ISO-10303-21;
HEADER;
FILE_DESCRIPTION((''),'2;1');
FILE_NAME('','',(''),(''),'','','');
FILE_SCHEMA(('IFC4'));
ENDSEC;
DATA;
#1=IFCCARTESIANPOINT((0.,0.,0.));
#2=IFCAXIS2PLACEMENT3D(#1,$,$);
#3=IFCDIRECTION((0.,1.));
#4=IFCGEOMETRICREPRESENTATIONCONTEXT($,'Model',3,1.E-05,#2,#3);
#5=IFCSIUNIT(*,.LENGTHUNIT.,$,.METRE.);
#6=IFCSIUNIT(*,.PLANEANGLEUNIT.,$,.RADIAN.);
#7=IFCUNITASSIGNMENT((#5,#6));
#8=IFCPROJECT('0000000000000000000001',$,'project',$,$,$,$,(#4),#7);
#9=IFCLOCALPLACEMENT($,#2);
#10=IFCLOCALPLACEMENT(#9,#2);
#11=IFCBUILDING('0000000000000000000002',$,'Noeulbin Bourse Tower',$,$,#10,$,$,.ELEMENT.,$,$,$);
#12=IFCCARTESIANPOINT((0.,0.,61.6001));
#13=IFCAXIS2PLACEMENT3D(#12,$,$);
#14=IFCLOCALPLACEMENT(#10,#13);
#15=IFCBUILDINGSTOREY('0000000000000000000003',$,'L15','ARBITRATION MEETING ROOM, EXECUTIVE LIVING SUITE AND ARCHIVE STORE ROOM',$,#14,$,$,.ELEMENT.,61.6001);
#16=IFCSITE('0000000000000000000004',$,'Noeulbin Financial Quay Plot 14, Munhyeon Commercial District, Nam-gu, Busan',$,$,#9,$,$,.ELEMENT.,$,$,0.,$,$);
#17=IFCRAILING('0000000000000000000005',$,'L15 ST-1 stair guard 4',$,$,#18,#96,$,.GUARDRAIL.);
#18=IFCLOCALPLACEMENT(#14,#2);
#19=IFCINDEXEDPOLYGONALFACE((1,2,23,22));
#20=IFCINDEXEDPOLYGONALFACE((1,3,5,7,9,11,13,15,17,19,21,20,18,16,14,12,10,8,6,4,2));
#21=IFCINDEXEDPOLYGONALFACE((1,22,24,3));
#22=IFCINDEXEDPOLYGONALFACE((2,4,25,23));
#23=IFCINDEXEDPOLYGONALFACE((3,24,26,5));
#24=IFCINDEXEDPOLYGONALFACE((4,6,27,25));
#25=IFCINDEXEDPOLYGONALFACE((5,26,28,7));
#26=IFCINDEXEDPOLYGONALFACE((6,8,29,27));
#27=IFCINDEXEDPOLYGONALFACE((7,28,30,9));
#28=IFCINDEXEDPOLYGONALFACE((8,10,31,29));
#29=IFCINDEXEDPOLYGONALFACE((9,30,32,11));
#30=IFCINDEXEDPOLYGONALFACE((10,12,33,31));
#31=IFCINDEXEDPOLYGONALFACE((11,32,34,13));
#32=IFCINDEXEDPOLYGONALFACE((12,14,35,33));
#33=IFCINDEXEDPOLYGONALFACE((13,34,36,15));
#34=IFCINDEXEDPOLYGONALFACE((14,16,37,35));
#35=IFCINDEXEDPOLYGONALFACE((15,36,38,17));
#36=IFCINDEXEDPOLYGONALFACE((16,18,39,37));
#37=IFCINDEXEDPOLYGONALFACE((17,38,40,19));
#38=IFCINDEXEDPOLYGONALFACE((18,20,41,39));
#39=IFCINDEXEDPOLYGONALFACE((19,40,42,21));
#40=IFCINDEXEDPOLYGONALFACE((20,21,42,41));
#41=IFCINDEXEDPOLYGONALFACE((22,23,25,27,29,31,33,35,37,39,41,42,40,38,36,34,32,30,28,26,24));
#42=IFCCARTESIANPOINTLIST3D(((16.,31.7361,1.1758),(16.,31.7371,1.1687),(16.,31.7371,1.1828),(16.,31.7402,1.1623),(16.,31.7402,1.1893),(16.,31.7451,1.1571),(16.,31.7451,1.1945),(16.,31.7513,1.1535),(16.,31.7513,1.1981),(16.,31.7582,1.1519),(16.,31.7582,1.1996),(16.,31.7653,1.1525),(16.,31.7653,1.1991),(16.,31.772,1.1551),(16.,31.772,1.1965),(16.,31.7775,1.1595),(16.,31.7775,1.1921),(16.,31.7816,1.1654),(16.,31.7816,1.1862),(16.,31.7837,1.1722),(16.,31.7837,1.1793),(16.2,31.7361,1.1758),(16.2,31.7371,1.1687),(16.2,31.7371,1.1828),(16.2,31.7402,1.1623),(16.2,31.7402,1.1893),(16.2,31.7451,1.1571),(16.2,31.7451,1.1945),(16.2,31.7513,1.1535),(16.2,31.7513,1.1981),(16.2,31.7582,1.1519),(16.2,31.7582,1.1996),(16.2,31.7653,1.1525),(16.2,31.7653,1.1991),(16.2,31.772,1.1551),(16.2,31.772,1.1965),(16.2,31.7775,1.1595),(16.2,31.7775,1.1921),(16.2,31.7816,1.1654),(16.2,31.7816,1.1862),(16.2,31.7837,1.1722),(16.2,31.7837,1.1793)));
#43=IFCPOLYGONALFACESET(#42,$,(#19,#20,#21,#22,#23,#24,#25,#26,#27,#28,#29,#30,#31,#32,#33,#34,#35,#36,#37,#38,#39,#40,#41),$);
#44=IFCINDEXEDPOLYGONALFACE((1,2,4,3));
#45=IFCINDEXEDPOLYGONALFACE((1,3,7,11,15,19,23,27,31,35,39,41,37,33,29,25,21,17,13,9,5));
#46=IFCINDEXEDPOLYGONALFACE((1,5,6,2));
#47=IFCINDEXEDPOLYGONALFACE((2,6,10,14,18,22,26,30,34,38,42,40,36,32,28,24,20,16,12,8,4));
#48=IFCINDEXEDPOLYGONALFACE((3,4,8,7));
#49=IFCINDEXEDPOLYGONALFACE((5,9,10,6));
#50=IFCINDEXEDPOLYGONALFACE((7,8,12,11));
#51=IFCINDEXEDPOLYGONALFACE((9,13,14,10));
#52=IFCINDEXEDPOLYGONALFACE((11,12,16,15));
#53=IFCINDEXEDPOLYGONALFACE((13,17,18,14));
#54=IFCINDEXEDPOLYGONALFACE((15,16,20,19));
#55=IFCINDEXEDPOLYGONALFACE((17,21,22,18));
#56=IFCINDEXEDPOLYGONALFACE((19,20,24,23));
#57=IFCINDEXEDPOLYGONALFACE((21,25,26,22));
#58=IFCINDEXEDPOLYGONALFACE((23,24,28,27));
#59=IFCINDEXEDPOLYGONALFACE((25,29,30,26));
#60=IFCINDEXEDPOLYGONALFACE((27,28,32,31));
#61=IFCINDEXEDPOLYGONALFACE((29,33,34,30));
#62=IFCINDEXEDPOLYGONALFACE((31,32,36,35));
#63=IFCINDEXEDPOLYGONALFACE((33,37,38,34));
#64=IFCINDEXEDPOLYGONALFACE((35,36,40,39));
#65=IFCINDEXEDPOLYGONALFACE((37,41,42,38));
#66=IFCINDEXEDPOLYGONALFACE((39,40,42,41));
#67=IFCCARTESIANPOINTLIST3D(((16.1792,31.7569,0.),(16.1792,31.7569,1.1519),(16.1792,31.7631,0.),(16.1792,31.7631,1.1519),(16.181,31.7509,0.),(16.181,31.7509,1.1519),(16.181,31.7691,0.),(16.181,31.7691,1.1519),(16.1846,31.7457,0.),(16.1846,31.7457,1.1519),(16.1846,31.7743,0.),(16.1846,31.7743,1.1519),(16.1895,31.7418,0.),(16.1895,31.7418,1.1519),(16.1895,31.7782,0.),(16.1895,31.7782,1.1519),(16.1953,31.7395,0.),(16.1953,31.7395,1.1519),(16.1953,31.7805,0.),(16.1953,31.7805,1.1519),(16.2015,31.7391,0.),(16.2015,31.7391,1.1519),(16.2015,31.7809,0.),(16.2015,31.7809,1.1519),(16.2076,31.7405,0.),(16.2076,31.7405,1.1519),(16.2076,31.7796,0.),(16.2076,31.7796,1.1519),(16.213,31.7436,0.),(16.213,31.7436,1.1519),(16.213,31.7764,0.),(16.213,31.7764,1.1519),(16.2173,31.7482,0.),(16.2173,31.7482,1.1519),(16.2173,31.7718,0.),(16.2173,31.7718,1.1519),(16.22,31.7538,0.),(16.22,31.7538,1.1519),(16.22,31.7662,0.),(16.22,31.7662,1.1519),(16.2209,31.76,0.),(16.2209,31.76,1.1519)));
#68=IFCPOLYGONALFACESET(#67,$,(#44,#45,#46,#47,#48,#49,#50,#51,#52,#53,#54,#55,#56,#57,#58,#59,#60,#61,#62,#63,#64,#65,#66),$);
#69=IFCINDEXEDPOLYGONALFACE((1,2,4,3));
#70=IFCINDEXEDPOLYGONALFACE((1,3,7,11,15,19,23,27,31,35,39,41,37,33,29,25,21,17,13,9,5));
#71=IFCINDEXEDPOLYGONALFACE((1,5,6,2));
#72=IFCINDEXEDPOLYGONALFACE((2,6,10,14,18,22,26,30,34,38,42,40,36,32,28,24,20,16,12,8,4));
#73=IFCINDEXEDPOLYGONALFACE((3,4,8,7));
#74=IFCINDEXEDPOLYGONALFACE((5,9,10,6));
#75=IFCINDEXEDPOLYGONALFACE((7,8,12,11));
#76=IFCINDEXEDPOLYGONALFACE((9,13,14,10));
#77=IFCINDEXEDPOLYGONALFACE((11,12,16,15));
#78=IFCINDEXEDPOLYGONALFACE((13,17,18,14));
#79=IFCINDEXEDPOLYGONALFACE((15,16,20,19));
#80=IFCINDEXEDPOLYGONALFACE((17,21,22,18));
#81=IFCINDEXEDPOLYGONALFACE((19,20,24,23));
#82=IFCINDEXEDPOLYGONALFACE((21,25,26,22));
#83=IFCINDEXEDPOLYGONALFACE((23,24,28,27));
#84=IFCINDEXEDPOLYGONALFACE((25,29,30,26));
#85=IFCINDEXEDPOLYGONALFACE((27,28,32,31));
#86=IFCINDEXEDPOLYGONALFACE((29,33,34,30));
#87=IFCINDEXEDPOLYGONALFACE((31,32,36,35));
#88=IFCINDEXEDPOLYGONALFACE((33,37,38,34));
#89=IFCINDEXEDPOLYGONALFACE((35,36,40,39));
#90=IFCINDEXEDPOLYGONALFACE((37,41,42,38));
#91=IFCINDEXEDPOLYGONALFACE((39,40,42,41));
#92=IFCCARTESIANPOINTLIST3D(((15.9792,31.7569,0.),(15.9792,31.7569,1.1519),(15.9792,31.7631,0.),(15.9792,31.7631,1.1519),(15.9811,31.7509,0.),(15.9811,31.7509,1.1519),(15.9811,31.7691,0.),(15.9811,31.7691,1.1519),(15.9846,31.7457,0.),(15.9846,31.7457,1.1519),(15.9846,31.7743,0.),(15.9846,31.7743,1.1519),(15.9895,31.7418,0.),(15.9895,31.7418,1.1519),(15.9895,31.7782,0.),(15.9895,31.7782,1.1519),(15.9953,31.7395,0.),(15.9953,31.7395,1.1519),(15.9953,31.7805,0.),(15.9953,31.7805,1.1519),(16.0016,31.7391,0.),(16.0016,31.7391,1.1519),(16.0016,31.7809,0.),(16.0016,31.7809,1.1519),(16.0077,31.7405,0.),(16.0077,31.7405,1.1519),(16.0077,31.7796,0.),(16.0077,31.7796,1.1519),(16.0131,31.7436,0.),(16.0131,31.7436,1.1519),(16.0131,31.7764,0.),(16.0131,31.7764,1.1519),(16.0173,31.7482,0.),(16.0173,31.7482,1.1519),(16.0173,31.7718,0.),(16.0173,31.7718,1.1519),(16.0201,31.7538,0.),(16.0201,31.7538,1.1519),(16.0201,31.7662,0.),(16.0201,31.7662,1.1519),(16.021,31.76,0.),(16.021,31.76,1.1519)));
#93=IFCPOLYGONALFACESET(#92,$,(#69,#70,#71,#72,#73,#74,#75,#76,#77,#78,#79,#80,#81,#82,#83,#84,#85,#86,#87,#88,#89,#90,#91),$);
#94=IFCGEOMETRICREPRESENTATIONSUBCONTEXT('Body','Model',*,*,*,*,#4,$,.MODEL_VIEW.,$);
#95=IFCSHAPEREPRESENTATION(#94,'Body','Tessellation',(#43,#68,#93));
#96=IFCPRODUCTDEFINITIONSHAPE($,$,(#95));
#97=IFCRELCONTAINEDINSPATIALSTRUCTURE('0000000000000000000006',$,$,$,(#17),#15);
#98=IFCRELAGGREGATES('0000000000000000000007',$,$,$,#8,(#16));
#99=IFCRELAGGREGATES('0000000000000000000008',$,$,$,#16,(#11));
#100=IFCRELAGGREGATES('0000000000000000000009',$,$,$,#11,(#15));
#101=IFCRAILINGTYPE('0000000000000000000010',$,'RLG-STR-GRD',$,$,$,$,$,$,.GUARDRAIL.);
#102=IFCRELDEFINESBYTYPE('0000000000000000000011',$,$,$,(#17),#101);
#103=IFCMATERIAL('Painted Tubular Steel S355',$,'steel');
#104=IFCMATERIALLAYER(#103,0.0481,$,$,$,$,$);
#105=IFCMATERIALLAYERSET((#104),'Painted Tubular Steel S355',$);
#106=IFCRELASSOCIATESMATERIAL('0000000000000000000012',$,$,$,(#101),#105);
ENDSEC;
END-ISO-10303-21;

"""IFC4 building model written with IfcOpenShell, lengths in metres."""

from ifc_helpers import new_model, si_unit, direction, frame, origin, origin_2d, place, context, subcontext, project, spatial, circle, extrude, material, layer, layer_set, type_object, element, save


model = new_model("IFC4")

# Units and contexts
model_context = context("Model", 3, precision=1e-05, world=origin(), true_north=direction((0.0, 1.0)))
body_context = subcontext(model_context, "Body", "Model", "MODEL_VIEW")
ifc_project = project(units=[si_unit("LENGTHUNIT", "METRE"), si_unit("PLANEANGLEUNIT", "RADIAN")], contexts=[model_context])

# Site, building, storey
site_placement = place(None, origin())
site = spatial("IfcSite", under=ifc_project, at=site_placement, Name="Noeulbin Financial Quay Plot 14, Munhyeon Commercial District, Nam-gu, Busan", CompositionType="ELEMENT", RefElevation=0.0)
building_placement = place(site_placement, origin())
building = spatial("IfcBuilding", under=site, at=building_placement, Name="Noeulbin Bourse Tower", CompositionType="ELEMENT")
storey_placement = place(building_placement, frame((0.0, 0.0, 61.6001)))
storey = spatial("IfcBuildingStorey", under=building, at=storey_placement, Name="L15", Description="ARBITRATION MEETING ROOM, EXECUTIVE LIVING SUITE AND ARCHIVE STORE ROOM", CompositionType="ELEMENT", Elevation=61.6001)

# Railing
ifc_material_1 = material(Name="Painted Tubular Steel S355", Category="steel")
ifc_layer_1 = layer(ifc_material_1, 0.0481)
ifc_layer_set_1 = layer_set([ifc_layer_1], Name="Painted Tubular Steel S355")
railing_type_1 = type_object("IfcRailingType", Name="RLG-STR-GRD", PredefinedType="GUARDRAIL", material=ifc_layer_set_1)
railing_1_placement = place(storey_placement, frame((16.2, 31.76, 0.0)))
element("IfcRailing", 1, at=railing_1_placement, inside=storey, type_object=railing_type_1, Name="L15 ST-1 stair guard 4", PredefinedType="GUARDRAIL", context=body_context, shape_type="SweptSolid", body=[
    extrude(circle(Radius=0.0239, at=origin_2d()), frame((0.0, 0.0, 1.1758), z_axis=(-1.0, 0.0, 0.0), x_axis=(0.0, -1.0, 0.0)), (0.0, 0.0, 1.0), 0.2),
    extrude(circle(Radius=0.021, at=origin_2d()), origin(), (0.0, 0.0, 1.0), 1.1519),
    extrude(circle(Radius=0.021, at=origin_2d()), frame((-0.2, 0.0, 0.0)), (0.0, 0.0, 1.0), 1.1519),
])

save(model, "model.ifc")
